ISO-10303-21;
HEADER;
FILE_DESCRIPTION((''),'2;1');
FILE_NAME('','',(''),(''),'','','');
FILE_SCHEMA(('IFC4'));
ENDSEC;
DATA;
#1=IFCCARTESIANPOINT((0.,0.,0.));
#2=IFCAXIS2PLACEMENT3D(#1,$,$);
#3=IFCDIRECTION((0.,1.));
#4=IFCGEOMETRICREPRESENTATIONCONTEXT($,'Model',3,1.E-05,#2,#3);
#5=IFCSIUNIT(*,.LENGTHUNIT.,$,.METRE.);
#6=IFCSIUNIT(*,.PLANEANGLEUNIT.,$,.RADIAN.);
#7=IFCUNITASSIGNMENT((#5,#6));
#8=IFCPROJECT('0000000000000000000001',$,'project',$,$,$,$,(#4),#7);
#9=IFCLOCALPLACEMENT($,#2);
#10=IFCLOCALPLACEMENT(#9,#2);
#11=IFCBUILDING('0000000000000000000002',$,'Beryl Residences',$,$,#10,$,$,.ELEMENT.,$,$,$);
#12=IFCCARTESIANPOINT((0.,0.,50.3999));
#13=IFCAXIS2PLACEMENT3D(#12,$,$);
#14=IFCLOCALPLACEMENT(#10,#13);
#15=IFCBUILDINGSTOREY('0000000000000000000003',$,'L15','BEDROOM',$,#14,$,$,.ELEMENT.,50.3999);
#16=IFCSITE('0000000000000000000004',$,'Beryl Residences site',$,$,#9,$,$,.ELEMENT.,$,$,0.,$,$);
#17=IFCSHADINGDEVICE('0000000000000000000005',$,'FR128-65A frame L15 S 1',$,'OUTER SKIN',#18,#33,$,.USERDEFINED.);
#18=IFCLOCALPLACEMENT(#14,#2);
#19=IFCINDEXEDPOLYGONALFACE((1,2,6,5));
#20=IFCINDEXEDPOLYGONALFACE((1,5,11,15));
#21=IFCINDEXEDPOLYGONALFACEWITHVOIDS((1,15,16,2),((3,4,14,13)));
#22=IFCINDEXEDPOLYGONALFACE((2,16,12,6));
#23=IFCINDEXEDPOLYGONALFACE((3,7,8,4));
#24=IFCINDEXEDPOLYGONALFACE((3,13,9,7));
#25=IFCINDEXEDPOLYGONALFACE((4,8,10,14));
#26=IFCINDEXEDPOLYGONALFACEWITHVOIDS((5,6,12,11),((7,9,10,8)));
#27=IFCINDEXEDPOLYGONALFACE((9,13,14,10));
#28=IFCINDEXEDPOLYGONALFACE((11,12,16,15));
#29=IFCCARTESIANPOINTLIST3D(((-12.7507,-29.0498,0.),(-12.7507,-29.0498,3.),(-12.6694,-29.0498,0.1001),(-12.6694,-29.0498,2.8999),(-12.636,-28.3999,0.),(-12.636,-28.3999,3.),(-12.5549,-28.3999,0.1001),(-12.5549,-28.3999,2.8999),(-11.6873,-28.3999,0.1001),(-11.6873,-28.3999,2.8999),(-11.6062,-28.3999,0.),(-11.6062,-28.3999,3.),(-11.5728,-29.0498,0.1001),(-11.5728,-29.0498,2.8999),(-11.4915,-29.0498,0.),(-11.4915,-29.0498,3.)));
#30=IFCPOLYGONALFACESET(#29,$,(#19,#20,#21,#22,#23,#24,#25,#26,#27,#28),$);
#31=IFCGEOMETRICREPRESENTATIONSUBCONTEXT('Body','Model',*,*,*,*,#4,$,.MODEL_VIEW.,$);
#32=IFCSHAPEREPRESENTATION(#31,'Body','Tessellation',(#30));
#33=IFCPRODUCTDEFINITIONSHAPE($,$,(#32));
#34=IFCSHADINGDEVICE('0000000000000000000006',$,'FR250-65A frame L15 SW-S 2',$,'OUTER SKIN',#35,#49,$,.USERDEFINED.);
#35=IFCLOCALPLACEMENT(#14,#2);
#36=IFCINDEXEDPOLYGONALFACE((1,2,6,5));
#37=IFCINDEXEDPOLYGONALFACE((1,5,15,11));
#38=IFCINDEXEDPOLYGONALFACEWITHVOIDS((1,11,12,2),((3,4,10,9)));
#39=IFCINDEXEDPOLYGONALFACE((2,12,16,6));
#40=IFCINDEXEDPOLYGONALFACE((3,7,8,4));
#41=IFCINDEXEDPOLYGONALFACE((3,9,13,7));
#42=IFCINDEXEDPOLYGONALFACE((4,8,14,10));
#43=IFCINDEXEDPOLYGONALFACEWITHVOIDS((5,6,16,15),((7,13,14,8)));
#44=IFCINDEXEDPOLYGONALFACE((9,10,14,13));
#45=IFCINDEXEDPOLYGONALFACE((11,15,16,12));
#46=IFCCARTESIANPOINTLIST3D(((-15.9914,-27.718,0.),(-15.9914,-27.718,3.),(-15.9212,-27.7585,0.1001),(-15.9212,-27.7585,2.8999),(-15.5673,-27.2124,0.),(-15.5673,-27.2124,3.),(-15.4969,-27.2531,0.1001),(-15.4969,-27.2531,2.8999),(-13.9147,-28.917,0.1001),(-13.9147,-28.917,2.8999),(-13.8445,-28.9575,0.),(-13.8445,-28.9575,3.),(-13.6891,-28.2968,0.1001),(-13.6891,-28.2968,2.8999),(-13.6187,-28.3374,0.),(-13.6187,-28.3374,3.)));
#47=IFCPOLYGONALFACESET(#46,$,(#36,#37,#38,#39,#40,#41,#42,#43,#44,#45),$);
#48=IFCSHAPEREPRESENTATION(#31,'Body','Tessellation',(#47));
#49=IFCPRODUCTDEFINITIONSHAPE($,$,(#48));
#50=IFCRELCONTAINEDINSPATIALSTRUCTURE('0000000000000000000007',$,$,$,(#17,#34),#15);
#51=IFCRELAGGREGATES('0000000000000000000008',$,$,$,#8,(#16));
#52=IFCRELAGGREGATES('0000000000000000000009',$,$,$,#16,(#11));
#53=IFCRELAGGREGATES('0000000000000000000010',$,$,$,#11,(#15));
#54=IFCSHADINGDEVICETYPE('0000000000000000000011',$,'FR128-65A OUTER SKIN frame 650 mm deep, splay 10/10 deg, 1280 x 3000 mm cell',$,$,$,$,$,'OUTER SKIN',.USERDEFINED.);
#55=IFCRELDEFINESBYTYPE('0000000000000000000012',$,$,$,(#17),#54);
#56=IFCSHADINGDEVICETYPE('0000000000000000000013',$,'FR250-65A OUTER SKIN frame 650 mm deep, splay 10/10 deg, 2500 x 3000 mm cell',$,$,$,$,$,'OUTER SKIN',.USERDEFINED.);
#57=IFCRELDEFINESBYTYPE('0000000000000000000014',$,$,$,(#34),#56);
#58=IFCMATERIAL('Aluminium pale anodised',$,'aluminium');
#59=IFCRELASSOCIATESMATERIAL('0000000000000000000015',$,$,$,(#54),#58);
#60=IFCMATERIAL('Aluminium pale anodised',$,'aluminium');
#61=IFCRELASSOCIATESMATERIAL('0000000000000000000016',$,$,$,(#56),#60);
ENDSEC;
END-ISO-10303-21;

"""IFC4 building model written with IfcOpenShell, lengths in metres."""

from ifc_helpers import new_model, entity, si_unit, direction, frame, origin, place, context, subcontext, project, spatial, source, transform, mapped, material, type_object, type_shapes, element, save


model = new_model("IFC4")

# Units and contexts
model_context = context("Model", 3, precision=1e-05, world=origin(), true_north=direction((0.0, 1.0)))
body_context = subcontext(model_context, "Body", "Model", "MODEL_VIEW")
ifc_project = project(units=[si_unit("LENGTHUNIT", "METRE"), si_unit("PLANEANGLEUNIT", "RADIAN")], contexts=[model_context])

# Site, building, storey
site_placement = place(None, origin())
site = spatial("IfcSite", under=ifc_project, at=site_placement, Name="Beryl Residences site", CompositionType="ELEMENT", RefElevation=0.0)
building_placement = place(site_placement, origin())
building = spatial("IfcBuilding", under=site, at=building_placement, Name="Beryl Residences", CompositionType="ELEMENT")
storey_placement = place(building_placement, frame((0.0, 0.0, 50.3999)))
storey = spatial("IfcBuildingStorey", under=building, at=storey_placement, Name="L15", Description="BEDROOM", CompositionType="ELEMENT", Elevation=50.3999)

# Shading devices
ifc_material_1 = material(Name="Aluminium pale anodised", Category="aluminium")
shading_device_type_1 = type_object("IfcShadingDeviceType", Name="FR128-65A OUTER SKIN frame 650 mm deep, splay 10/10 deg, 1280 x 3000 mm cell", ElementType="OUTER SKIN", PredefinedType="USERDEFINED", material=ifc_material_1)
cartesian_point_1 = entity("IfcCartesianPoint", [-0.5149, 0.0])
cartesian_point_2 = entity("IfcCartesianPoint", [-0.4338, 0.1001])
cartesian_point_3 = entity("IfcCartesianPoint", [-0.6296, 0.0])
cartesian_point_4 = entity("IfcCartesianPoint", [-0.5483, 0.1001])
shared_shape_1 = source(origin(), body_context, "Body", "SweptSolid", [
    entity("IfcExtrudedAreaSolidTapered", entity("IfcArbitraryProfileDefWithVoids", "AREA", None, entity("IfcPolyline", [cartesian_point_1, entity("IfcCartesianPoint", [0.5149, 0.0]), entity("IfcCartesianPoint", [0.5149, 3.0]), entity("IfcCartesianPoint", [-0.5149, 3.0]), cartesian_point_1]), [entity("IfcPolyline", [cartesian_point_2, entity("IfcCartesianPoint", [0.4338, 0.1001]), entity("IfcCartesianPoint", [0.4338, 2.8999]), entity("IfcCartesianPoint", [-0.4338, 2.8999]), cartesian_point_2])]), entity("IfcAxis2Placement3D", entity("IfcCartesianPoint", [0.0, 0.0, 0.0]), entity("IfcDirection", [0.0, 1.0, 0.0]), entity("IfcDirection", [-1.0, 0.0, 0.0])), entity("IfcDirection", [0.0, 0.0, 1.0]), 0.6499, entity("IfcArbitraryProfileDefWithVoids", "AREA", None, entity("IfcPolyline", [cartesian_point_3, entity("IfcCartesianPoint", [0.6296, 0.0]), entity("IfcCartesianPoint", [0.6296, 3.0]), entity("IfcCartesianPoint", [-0.6296, 3.0]), cartesian_point_3]), [entity("IfcPolyline", [cartesian_point_4, entity("IfcCartesianPoint", [0.5483, 0.1001]), entity("IfcCartesianPoint", [0.5483, 2.8999]), entity("IfcCartesianPoint", [-0.5483, 2.8999]), cartesian_point_4])])),
])
type_shapes(shading_device_type_1, [shared_shape_1])
shading_device_1_placement = place(storey_placement, frame((-12.1211, -28.3999, 0.0), z_axis=(0.0, 0.0, 1.0), x_axis=(-1.0, 0.0, 0.0)))
element("IfcShadingDevice", 1, at=shading_device_1_placement, inside=storey, type_object=shading_device_type_1, Name="FR128-65A frame L15 S 1", ObjectType="OUTER SKIN", PredefinedType="USERDEFINED", context=body_context, shape_type="MappedRepresentation", body=[
    mapped(shared_shape_1, transform((0.0, 0.0, 0.0))),
])
ifc_material_2 = material(Name="Aluminium pale anodised", Category="aluminium")
shading_device_type_2 = type_object("IfcShadingDeviceType", Name="FR250-65A OUTER SKIN frame 650 mm deep, splay 10/10 deg, 2500 x 3000 mm cell", ElementType="OUTER SKIN", PredefinedType="USERDEFINED", material=ifc_material_2)
cartesian_point_5 = entity("IfcCartesianPoint", [-1.125, 0.0])
cartesian_point_6 = entity("IfcCartesianPoint", [-1.0437, 0.1001])
cartesian_point_7 = entity("IfcCartesianPoint", [-1.2395, 0.0])
cartesian_point_8 = entity("IfcCartesianPoint", [-1.1584, 0.1001])
shared_shape_2 = source(origin(), body_context, "Body", "SweptSolid", [
    entity("IfcExtrudedAreaSolidTapered", entity("IfcArbitraryProfileDefWithVoids", "AREA", None, entity("IfcPolyline", [cartesian_point_5, entity("IfcCartesianPoint", [1.125, 0.0]), entity("IfcCartesianPoint", [1.125, 3.0]), entity("IfcCartesianPoint", [-1.125, 3.0]), cartesian_point_5]), [entity("IfcPolyline", [cartesian_point_6, entity("IfcCartesianPoint", [1.0437, 0.1001]), entity("IfcCartesianPoint", [1.0437, 2.8999]), entity("IfcCartesianPoint", [-1.0437, 2.8999]), cartesian_point_6])]), entity("IfcAxis2Placement3D", entity("IfcCartesianPoint", [0.0, 0.0, 0.0]), entity("IfcDirection", [0.0, 1.0, 0.0]), entity("IfcDirection", [-1.0, 0.0, 0.0])), entity("IfcDirection", [0.0, 0.0, 1.0]), 0.6499, entity("IfcArbitraryProfileDefWithVoids", "AREA", None, entity("IfcPolyline", [cartesian_point_7, entity("IfcCartesianPoint", [1.2395, 0.0]), entity("IfcCartesianPoint", [1.2395, 3.0]), entity("IfcCartesianPoint", [-1.2395, 3.0]), cartesian_point_7]), [entity("IfcPolyline", [cartesian_point_8, entity("IfcCartesianPoint", [1.1584, 0.1001]), entity("IfcCartesianPoint", [1.1584, 2.8999]), entity("IfcCartesianPoint", [-1.1584, 2.8999]), cartesian_point_8])])),
])
type_shapes(shading_device_type_2, [shared_shape_2])
shading_device_2_placement = place(storey_placement, frame((-14.593, -27.7749, 0.0), z_axis=(0.0, 0.0, 1.0), x_axis=(-0.866025, 0.5, 0.0)))
element("IfcShadingDevice", 2, at=shading_device_2_placement, inside=storey, type_object=shading_device_type_2, Name="FR250-65A frame L15 SW-S 2", ObjectType="OUTER SKIN", PredefinedType="USERDEFINED", context=body_context, shape_type="MappedRepresentation", body=[
    mapped(shared_shape_2, transform((0.0, 0.0, 0.0))),
])

save(model, "model.ifc")
